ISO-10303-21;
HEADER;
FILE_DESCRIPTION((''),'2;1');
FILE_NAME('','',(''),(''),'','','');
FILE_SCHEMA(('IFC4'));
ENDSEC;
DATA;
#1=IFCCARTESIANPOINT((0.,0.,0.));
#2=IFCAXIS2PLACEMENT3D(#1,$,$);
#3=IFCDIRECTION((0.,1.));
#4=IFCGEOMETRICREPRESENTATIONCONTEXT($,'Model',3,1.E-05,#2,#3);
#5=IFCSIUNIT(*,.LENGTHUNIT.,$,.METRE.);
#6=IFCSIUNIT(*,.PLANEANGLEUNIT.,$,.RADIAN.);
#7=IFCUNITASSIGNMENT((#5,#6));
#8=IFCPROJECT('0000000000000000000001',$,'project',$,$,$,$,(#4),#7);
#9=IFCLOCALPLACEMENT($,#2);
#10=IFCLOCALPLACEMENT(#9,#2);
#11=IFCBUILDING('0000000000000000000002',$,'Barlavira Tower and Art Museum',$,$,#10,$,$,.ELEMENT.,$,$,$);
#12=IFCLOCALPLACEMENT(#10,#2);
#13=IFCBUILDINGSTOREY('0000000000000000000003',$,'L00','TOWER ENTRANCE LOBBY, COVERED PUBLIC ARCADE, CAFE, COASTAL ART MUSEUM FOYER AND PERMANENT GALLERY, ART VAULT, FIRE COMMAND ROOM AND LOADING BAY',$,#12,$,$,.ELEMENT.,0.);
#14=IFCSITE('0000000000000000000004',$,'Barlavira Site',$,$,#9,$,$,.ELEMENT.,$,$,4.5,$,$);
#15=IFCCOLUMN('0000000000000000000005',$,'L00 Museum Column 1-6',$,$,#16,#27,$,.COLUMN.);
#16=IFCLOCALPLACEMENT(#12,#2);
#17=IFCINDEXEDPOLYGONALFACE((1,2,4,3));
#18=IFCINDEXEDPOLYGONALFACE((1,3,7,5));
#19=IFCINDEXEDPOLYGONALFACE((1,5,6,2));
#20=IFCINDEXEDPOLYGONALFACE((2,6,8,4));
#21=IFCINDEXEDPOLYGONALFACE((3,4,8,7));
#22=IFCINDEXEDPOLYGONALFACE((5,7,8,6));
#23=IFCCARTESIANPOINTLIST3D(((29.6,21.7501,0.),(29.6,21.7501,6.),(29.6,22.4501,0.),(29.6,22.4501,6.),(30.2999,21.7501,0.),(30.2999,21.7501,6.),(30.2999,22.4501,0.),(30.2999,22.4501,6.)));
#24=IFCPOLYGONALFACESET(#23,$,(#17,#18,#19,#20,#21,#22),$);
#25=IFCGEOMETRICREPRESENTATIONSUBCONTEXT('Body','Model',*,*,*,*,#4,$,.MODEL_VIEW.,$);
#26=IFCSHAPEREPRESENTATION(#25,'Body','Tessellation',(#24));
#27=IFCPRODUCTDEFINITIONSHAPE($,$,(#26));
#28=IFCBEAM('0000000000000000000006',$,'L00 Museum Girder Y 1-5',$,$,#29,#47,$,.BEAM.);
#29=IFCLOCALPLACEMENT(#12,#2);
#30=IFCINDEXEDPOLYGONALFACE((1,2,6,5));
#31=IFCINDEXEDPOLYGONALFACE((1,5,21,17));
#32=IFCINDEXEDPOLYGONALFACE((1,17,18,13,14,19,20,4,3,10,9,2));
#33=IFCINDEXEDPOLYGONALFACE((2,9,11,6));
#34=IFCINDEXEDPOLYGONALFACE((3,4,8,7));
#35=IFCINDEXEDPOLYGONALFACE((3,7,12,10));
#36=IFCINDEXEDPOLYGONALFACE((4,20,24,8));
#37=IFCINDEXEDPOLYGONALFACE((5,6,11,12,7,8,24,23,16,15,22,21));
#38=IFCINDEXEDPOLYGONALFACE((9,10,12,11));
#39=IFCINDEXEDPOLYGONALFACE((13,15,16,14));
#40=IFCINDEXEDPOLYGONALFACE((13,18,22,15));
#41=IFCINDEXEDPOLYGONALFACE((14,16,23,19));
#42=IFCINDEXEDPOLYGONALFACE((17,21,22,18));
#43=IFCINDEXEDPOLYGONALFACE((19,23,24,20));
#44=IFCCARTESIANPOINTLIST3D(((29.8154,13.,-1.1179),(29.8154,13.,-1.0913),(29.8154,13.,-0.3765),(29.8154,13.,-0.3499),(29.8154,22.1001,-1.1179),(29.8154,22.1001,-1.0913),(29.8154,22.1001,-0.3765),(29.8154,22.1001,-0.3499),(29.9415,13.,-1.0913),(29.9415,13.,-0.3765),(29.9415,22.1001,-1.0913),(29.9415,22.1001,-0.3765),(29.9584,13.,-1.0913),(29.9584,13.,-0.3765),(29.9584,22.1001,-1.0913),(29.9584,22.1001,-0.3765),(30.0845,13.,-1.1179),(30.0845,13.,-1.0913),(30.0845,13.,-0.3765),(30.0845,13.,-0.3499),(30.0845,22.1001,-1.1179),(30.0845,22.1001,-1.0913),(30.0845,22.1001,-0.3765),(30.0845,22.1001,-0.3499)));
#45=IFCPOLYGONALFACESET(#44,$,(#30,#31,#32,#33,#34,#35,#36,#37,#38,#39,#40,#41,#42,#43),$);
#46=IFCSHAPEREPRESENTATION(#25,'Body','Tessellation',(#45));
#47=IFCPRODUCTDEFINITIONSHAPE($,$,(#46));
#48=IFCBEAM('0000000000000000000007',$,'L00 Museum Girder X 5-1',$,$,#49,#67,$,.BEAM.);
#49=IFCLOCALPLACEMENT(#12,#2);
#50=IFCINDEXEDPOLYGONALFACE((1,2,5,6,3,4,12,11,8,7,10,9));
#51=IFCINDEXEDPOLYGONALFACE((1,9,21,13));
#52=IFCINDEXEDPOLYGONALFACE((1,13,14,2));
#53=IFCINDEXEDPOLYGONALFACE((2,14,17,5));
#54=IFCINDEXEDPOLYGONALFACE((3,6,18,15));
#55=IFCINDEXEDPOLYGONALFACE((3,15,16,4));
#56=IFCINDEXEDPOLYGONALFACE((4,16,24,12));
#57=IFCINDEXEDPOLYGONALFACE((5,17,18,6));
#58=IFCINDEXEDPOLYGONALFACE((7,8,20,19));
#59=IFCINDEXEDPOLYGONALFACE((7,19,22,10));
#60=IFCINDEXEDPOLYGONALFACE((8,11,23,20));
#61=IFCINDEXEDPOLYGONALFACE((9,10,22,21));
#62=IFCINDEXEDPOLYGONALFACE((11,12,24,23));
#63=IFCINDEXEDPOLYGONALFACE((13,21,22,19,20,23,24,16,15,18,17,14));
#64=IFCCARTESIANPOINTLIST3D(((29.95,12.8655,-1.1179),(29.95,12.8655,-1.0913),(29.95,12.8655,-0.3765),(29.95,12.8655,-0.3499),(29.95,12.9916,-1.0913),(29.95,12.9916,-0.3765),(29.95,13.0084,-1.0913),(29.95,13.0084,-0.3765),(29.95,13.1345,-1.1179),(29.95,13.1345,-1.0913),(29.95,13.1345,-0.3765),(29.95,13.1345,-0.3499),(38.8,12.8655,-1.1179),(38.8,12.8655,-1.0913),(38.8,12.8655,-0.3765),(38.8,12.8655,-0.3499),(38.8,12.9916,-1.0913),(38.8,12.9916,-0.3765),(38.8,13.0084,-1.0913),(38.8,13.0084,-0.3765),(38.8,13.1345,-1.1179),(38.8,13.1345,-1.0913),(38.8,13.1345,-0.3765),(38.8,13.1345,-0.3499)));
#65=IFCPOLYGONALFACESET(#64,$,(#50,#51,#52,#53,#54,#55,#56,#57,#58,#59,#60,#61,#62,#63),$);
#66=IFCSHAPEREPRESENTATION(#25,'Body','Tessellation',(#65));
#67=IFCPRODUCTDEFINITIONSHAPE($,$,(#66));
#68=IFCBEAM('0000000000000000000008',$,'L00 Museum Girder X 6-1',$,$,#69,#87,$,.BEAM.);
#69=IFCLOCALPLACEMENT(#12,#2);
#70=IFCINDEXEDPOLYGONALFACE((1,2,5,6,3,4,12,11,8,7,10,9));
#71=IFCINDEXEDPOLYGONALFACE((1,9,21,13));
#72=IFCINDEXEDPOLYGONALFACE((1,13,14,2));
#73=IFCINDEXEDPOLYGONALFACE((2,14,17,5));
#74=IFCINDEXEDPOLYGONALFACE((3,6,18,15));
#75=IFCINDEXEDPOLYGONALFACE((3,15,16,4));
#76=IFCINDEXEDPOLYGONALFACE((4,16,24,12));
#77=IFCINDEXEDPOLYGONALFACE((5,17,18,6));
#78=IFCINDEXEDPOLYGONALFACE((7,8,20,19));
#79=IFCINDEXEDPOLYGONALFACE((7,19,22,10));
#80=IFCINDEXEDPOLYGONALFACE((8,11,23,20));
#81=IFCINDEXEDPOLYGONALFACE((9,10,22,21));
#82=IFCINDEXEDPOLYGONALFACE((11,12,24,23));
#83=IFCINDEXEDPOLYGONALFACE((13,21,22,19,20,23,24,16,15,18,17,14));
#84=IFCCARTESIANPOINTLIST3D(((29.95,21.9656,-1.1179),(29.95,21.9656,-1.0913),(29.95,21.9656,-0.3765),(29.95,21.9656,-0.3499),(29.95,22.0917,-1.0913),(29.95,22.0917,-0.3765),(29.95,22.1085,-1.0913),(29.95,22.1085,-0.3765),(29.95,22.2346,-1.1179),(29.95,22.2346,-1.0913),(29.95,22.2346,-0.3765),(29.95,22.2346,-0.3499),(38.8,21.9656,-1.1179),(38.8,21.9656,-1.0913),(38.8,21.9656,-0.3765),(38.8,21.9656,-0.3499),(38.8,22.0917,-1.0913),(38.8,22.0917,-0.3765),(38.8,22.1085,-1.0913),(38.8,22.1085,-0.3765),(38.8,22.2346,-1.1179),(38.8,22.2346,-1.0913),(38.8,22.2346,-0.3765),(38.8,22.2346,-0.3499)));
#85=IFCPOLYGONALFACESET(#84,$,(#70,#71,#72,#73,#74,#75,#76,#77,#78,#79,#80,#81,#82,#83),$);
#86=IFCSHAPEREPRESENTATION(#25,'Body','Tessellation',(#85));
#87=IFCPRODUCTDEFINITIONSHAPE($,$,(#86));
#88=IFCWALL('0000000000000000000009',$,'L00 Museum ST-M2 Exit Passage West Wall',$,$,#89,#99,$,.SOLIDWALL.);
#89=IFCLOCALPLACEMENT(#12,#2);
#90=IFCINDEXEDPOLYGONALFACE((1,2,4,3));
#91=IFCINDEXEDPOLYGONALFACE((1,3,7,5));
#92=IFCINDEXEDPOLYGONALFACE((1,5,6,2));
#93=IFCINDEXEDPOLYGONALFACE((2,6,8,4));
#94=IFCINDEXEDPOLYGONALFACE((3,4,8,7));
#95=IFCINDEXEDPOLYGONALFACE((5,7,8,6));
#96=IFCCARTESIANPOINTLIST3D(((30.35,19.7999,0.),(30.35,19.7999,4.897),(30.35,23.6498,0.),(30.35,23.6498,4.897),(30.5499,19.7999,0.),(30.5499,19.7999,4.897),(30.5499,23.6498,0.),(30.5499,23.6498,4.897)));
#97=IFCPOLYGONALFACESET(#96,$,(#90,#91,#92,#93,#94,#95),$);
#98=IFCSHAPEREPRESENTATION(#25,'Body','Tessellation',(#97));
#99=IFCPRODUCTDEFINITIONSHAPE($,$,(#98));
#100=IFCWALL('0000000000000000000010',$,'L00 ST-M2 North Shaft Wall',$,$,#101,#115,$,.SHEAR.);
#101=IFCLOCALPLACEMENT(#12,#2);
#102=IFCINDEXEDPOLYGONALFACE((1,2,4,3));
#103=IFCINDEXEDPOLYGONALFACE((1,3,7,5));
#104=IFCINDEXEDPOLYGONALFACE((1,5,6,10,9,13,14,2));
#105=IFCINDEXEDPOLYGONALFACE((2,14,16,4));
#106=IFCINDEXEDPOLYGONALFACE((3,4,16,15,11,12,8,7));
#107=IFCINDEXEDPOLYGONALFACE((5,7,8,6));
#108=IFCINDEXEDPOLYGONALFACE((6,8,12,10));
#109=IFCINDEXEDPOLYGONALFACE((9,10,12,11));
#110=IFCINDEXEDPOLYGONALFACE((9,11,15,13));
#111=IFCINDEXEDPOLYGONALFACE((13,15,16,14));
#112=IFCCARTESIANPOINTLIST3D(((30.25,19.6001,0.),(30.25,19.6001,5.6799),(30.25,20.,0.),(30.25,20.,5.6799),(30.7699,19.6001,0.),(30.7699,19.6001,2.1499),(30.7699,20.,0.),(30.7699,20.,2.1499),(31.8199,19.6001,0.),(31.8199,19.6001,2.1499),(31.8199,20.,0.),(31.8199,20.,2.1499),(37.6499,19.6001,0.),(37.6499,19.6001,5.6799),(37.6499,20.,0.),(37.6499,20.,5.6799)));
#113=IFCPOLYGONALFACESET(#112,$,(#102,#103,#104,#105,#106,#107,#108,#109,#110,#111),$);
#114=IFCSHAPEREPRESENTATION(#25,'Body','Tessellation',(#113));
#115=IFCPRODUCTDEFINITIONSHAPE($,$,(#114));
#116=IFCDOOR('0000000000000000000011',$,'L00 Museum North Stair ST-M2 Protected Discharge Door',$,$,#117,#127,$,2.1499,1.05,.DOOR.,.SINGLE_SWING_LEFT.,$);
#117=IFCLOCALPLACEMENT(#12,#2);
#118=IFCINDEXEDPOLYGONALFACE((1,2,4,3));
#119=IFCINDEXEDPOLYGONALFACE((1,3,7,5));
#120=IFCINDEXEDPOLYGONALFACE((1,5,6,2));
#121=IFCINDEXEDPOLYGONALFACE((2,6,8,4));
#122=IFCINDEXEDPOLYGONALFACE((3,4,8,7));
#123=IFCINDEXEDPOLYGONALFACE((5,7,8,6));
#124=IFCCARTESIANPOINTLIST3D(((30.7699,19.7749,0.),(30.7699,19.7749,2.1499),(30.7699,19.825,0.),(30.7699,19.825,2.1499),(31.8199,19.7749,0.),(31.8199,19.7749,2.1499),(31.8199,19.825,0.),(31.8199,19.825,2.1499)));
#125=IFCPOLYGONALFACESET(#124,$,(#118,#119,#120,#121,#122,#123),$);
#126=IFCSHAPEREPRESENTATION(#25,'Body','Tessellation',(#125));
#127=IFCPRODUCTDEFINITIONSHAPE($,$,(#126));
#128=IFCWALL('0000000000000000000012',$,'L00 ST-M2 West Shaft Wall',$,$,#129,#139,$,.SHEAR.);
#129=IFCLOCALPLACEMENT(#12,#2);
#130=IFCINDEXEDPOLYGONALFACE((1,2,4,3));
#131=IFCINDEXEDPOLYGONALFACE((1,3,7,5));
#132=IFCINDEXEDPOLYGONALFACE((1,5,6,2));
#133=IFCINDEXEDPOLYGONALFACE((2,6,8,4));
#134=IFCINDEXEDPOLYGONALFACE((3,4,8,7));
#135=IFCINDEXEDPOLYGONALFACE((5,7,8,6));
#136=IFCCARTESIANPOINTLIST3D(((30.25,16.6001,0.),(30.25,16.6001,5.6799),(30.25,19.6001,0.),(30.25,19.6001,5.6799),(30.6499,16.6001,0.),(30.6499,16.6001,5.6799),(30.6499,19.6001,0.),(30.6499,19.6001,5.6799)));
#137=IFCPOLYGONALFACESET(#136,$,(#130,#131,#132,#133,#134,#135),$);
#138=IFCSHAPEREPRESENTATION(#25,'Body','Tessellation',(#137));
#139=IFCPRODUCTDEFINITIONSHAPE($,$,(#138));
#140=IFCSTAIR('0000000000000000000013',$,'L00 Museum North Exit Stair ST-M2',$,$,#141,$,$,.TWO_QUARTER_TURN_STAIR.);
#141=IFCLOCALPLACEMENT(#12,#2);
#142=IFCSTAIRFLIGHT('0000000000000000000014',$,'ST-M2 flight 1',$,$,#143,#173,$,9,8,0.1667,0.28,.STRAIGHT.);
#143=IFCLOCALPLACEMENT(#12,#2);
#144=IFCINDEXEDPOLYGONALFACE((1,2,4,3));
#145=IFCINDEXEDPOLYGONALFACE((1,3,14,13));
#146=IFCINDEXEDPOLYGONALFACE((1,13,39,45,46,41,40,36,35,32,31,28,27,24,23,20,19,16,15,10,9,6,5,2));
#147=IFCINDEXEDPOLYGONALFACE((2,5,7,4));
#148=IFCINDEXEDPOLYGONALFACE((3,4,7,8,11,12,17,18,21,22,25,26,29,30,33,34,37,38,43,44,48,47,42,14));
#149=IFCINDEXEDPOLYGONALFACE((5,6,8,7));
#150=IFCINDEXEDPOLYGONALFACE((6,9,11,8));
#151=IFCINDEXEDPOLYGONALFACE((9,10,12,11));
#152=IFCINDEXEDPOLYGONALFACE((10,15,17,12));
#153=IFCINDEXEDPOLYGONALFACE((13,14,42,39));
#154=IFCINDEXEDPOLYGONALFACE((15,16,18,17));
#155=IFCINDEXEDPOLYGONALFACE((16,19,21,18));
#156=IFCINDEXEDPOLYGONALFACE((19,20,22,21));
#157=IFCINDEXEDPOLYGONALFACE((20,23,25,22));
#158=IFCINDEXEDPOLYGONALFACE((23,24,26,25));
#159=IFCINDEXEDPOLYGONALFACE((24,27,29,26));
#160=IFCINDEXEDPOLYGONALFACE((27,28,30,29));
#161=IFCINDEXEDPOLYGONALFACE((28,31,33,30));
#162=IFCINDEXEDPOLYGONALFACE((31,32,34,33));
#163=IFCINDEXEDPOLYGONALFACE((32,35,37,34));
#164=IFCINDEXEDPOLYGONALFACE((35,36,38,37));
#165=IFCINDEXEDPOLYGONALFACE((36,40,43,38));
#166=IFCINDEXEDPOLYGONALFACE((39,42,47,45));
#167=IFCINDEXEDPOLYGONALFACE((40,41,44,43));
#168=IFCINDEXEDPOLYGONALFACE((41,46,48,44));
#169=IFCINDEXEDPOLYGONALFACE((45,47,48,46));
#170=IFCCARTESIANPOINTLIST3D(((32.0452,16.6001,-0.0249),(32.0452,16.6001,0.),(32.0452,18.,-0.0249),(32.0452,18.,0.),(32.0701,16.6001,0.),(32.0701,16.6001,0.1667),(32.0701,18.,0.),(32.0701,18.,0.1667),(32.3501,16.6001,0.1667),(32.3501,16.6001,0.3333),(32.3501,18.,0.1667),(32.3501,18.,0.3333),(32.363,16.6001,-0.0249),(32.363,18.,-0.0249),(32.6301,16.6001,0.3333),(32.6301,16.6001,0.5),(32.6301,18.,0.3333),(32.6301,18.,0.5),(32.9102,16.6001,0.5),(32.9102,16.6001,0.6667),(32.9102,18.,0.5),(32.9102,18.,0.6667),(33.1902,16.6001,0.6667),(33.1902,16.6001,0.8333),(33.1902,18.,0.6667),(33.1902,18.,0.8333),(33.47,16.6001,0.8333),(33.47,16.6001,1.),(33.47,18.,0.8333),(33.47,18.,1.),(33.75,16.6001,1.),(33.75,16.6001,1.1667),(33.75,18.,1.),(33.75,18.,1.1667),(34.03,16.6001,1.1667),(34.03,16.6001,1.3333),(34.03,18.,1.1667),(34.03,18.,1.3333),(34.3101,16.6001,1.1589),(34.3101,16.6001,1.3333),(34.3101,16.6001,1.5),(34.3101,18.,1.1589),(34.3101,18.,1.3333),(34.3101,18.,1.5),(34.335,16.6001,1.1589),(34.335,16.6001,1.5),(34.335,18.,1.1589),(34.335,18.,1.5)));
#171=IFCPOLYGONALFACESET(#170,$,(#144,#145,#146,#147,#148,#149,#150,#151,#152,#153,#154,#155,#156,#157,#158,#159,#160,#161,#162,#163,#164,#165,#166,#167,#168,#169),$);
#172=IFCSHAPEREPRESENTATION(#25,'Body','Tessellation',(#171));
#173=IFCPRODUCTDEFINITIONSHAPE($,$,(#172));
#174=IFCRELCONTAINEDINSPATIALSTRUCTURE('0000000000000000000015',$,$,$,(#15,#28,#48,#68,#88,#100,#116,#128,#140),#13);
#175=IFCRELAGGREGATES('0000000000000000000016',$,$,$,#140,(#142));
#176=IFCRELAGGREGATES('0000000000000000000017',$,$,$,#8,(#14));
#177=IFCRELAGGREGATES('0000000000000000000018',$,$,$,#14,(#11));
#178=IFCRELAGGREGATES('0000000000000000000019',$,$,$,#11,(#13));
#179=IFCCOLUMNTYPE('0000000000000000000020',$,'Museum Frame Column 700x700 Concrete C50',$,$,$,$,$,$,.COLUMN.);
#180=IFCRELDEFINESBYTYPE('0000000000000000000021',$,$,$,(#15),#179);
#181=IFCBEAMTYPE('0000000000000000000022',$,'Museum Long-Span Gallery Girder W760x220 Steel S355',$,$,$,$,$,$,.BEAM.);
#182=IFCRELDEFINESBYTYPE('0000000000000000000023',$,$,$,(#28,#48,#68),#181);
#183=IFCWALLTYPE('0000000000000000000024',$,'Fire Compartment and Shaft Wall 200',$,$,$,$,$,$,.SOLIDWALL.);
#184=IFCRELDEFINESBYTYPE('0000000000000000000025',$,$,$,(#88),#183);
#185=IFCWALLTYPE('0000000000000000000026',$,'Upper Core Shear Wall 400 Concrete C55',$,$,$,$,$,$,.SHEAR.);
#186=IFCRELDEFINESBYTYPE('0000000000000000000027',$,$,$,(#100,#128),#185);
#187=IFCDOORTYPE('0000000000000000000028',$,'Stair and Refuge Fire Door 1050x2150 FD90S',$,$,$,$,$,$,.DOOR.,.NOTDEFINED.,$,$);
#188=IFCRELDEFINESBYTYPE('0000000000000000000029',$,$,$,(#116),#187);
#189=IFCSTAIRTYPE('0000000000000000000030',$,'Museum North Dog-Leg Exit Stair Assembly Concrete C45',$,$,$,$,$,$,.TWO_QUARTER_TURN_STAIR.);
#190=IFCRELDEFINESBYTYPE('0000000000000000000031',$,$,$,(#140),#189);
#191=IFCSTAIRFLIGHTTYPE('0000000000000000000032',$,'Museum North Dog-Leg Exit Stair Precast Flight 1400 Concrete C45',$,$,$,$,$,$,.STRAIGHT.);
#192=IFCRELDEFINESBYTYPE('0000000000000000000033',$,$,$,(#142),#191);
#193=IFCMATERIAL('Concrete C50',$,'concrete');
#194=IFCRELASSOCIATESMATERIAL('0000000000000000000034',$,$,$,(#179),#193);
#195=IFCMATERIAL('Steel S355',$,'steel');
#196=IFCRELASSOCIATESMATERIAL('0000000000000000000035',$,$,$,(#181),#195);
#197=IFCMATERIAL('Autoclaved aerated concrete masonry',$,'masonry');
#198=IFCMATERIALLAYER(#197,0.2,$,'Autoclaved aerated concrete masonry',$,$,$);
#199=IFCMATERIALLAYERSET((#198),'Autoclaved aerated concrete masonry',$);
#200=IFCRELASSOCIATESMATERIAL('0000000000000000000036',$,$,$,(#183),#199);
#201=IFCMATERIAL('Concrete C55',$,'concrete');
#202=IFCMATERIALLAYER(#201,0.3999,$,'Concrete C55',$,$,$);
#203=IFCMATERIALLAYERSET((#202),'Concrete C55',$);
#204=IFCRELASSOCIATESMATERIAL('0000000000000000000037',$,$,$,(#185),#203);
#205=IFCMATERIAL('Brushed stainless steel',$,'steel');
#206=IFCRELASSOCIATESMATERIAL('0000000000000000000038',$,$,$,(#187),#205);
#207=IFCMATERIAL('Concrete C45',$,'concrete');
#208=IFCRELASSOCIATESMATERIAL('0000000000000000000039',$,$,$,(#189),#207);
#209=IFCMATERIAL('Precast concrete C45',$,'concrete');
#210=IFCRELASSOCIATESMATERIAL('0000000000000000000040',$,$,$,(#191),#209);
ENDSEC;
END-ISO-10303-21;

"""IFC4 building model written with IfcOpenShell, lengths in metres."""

from ifc_helpers import new_model, si_unit, direction, frame, frame_2d, origin, origin_2d, place, context, subcontext, project, spatial, polyline, rectangle, i_section, outline, extrude, material, layer, layer_set, material_profile, profile_set, type_object, element, fill, aggregate, save


model = new_model("IFC4")

# Units and contexts
model_context = context("Model", 3, precision=1e-05, world=origin(), true_north=direction((0.0, 1.0)))
body_context = subcontext(model_context, "Body", "Model", "MODEL_VIEW")
ifc_project = project(units=[si_unit("LENGTHUNIT", "METRE"), si_unit("PLANEANGLEUNIT", "RADIAN")], contexts=[model_context])

# Site, building, storey
site_placement = place(None, origin())
site = spatial("IfcSite", under=ifc_project, at=site_placement, Name="Barlavira Site", CompositionType="ELEMENT", RefElevation=4.5)
building_placement = place(site_placement, origin())
building = spatial("IfcBuilding", under=site, at=building_placement, Name="Barlavira Tower and Art Museum", CompositionType="ELEMENT")
storey_placement = place(building_placement, origin())
storey = spatial("IfcBuildingStorey", under=building, at=storey_placement, Name="L00", Description="TOWER ENTRANCE LOBBY, COVERED PUBLIC ARCADE, CAFE, COASTAL ART MUSEUM FOYER AND PERMANENT GALLERY, ART VAULT, FIRE COMMAND ROOM AND LOADING BAY", CompositionType="ELEMENT", Elevation=0.0)

# Column
ifc_material_1 = material(Name="Concrete C50", Category="concrete")
ifc_material_profile_1 = material_profile(ifc_material_1, rectangle(XDim=0.7, YDim=0.7, at=origin_2d()), Name="RC-COL 700x700")
ifc_profile_set_1 = profile_set([ifc_material_profile_1], Name="Concrete C50")
column_type = type_object("IfcColumnType", Name="Museum Frame Column 700x700 Concrete C50", PredefinedType="COLUMN", material=ifc_profile_set_1)
column_placement = place(storey_placement, frame((29.95, 22.1001, 0.0), z_axis=(0.0, 0.0, 1.0), x_axis=(1.0, 0.0, 0.0)))
element("IfcColumn", 1, at=column_placement, inside=storey, type_object=column_type, Name="L00 Museum Column 1-6", PredefinedType="COLUMN", context=body_context, shape_type="SweptSolid", body=[
    extrude(rectangle(XDim=0.7, YDim=0.7, at=origin_2d()), origin(), (0.0, 0.0, 1.0), 6.0),
])

# Beams
ifc_material_2 = material(Name="Steel S355", Category="steel")
ifc_material_profile_2 = material_profile(ifc_material_2, i_section(OverallWidth=0.269, OverallDepth=0.7681, WebThickness=0.0168, FlangeThickness=0.0266, at=origin_2d()), Name="W760x220.0")
ifc_profile_set_2 = profile_set([ifc_material_profile_2], Name="Steel S355")
beam_type = type_object("IfcBeamType", Name="Museum Long-Span Gallery Girder W760x220 Steel S355", PredefinedType="BEAM", material=ifc_profile_set_2)
beam_placement = place(storey_placement, frame((29.95, 13.0, -0.7339), z_axis=(0.0, 1.0, 0.0), x_axis=(-1.0, 0.0, 0.0)))
element("IfcBeam", 2, at=beam_placement, inside=storey, type_object=beam_type, Name="L00 Museum Girder Y 1-5", PredefinedType="BEAM", context=body_context, shape_type="SweptSolid", body=[
    extrude(i_section(OverallWidth=0.269, OverallDepth=0.7681, WebThickness=0.0168, FlangeThickness=0.0266, at=origin_2d()), origin(), (0.0, 0.0, 1.0), 9.1001),
])
for number, where, z_axis, x_axis, name in (
    (3, (29.95, 13.0, -0.7339), (1.0, 0.0, 0.0), (0.0, 1.0, 0.0), "L00 Museum Girder X 5-1"),
    (4, (29.95, 22.1001, -0.7339), (1.0, 0.0, 0.0), (0.0, 1.0, 0.0), "L00 Museum Girder X 6-1"),
):
    element("IfcBeam", number, at=place(storey_placement, frame(where, z_axis=z_axis, x_axis=x_axis)), inside=storey, type_object=beam_type, Name=name, PredefinedType="BEAM", context=body_context, shape_type="SweptSolid", body=[
        extrude(i_section(OverallWidth=0.269, OverallDepth=0.7681, WebThickness=0.0168, FlangeThickness=0.0266, at=origin_2d()), origin(), (0.0, 0.0, 1.0), 8.8501),
    ])

# Wall
ifc_material_3 = material(Name="Autoclaved aerated concrete masonry", Category="masonry")
ifc_layer_1 = layer(ifc_material_3, 0.2, Name="Autoclaved aerated concrete masonry")
ifc_layer_set_1 = layer_set([ifc_layer_1], Name="Autoclaved aerated concrete masonry")
wall_type_1 = type_object("IfcWallType", Name="Fire Compartment and Shaft Wall 200", PredefinedType="SOLIDWALL", material=ifc_layer_set_1)
wall_1_placement = place(storey_placement, frame((30.45, 19.8, 0.0), z_axis=(0.0, 0.0, 1.0), x_axis=(0.0, 1.0, 0.0)))
element("IfcWall", 5, at=wall_1_placement, inside=storey, type_object=wall_type_1, Name="L00 Museum ST-M2 Exit Passage West Wall", PredefinedType="SOLIDWALL", context=body_context, shape_type="SweptSolid", body=[
    extrude(rectangle(XDim=3.8499, YDim=0.2, at=frame_2d((1.9248, 0.0))), origin(), (0.0, 0.0, 1.0), 4.897),
])

# Wall, opening, door
ifc_material_4 = material(Name="Concrete C55", Category="concrete")
ifc_layer_2 = layer(ifc_material_4, 0.3999, Name="Concrete C55")
ifc_layer_set_2 = layer_set([ifc_layer_2], Name="Concrete C55")
wall_type_2 = type_object("IfcWallType", Name="Upper Core Shear Wall 400 Concrete C55", PredefinedType="SHEAR", material=ifc_layer_set_2)
wall_2_placement = place(storey_placement, frame((30.25, 19.8, 0.0), z_axis=(0.0, 0.0, 1.0), x_axis=(1.0, 0.0, 0.0)))
wall_2 = element("IfcWall", 6, at=wall_2_placement, inside=storey, type_object=wall_type_2, Name="L00 ST-M2 North Shaft Wall", PredefinedType="SHEAR", context=body_context, shape_type="SweptSolid", body=[
    extrude(rectangle(XDim=7.3999, YDim=0.3999, at=frame_2d((3.7, 0.0))), origin(), (0.0, 0.0, 1.0), 5.6799),
])
opening_placement = place(wall_2_placement, frame((0.52, 0.0, 0.0)))
opening = element("IfcOpeningElement", 7, at=opening_placement, cuts=wall_2, PredefinedType="OPENING", context=body_context, shape_type="SweptSolid", body=[
    extrude(rectangle(XDim=1.05, YDim=2.1499, at=frame_2d((0.5249, 1.075))), frame((0.0, 0.21, 0.0), z_axis=(0.0, -1.0, 0.0), x_axis=(1.0, 0.0, 0.0)), (0.0, 0.0, 1.0), 0.4199),
])
ifc_material_5 = material(Name="Brushed stainless steel", Category="steel")
door_type = type_object("IfcDoorType", Name="Stair and Refuge Fire Door 1050x2150 FD90S", OperationType="NOTDEFINED", PredefinedType="DOOR", material=ifc_material_5)
door_placement = place(opening_placement, origin())
door = element("IfcDoor", 8, at=door_placement, inside=storey, type_object=door_type, Name="L00 Museum North Stair ST-M2 Protected Discharge Door", OperationType="SINGLE_SWING_LEFT", OverallHeight=2.1499, OverallWidth=1.05, PredefinedType="DOOR", context=body_context, shape_type="SweptSolid", body=[
    extrude(rectangle(XDim=1.05, YDim=2.1499, at=frame_2d((0.5249, 1.075))), frame((0.0, 0.0249, 0.0), z_axis=(0.0, -1.0, 0.0), x_axis=(1.0, 0.0, 0.0)), (0.0, 0.0, 1.0), 0.05),
])
fill(opening, door)

# Wall
wall_3_placement = place(storey_placement, frame((30.45, 16.6001, 0.0), z_axis=(0.0, 0.0, 1.0), x_axis=(0.0, 1.0, 0.0)))
element("IfcWall", 9, at=wall_3_placement, inside=storey, type_object=wall_type_2, Name="L00 ST-M2 West Shaft Wall", PredefinedType="SHEAR", context=body_context, shape_type="SweptSolid", body=[
    extrude(rectangle(XDim=3.0, YDim=0.3999, at=frame_2d((1.5, 0.0))), origin(), (0.0, 0.0, 1.0), 5.6799),
])

# Stair, stair flight
ifc_material_6 = material(Name="Concrete C45", Category="concrete")
stair_type = type_object("IfcStairType", Name="Museum North Dog-Leg Exit Stair Assembly Concrete C45", PredefinedType="TWO_QUARTER_TURN_STAIR", material=ifc_material_6)
stair_placement = place(storey_placement, origin())
stair = element("IfcStair", 10, at=stair_placement, inside=storey, type_object=stair_type, Name="L00 Museum North Exit Stair ST-M2", PredefinedType="TWO_QUARTER_TURN_STAIR")
ifc_material_7 = material(Name="Precast concrete C45", Category="concrete")
stair_flight_type = type_object("IfcStairFlightType", Name="Museum North Dog-Leg Exit Stair Precast Flight 1400 Concrete C45", PredefinedType="STRAIGHT", material=ifc_material_7)
stair_flight_1_placement = place(storey_placement, frame((32.0701, 17.3, 0.0), z_axis=(0.0, 0.0, 1.0), x_axis=(1.0, 0.0, 0.0)))
stair_flight_1 = element("IfcStairFlight", 11, at=stair_flight_1_placement, type_object=stair_flight_type, Name="ST-M2 flight 1", NumberOfRisers=9, NumberOfTreads=8, PredefinedType="STRAIGHT", RiserHeight=0.1667, TreadLength=0.28, context=body_context, shape_type="SweptSolid", body=[
    extrude(outline(polyline([(-0.0249, 0.0), (0.0, 0.0), (0.0, 0.1667), (0.28, 0.1667), (0.28, 0.3333), (0.5601, 0.3333), (0.5601, 0.5), (0.8401, 0.5), (0.8401, 0.6667), (1.1201, 0.6667), (1.1201, 0.8333), (1.3999, 0.8333), (1.3999, 1.0), (1.6799, 1.0), (1.6799, 1.1667), (1.96, 1.1667), (1.96, 1.3333), (2.24, 1.3333), (2.24, 1.5), (2.2649, 1.5), (2.2649, 1.1589), (2.24, 1.1589), (0.293, -0.0249), (-0.0249, -0.0249), (-0.0249, 0.0)])), frame((0.0, 0.7, 0.0), z_axis=(0.0, -1.0, 0.0), x_axis=(1.0, 0.0, 0.0)), (0.0, 0.0, 1.0), 1.3999),
])
aggregate(stair, [stair_flight_1])

save(model, "model.ifc")
